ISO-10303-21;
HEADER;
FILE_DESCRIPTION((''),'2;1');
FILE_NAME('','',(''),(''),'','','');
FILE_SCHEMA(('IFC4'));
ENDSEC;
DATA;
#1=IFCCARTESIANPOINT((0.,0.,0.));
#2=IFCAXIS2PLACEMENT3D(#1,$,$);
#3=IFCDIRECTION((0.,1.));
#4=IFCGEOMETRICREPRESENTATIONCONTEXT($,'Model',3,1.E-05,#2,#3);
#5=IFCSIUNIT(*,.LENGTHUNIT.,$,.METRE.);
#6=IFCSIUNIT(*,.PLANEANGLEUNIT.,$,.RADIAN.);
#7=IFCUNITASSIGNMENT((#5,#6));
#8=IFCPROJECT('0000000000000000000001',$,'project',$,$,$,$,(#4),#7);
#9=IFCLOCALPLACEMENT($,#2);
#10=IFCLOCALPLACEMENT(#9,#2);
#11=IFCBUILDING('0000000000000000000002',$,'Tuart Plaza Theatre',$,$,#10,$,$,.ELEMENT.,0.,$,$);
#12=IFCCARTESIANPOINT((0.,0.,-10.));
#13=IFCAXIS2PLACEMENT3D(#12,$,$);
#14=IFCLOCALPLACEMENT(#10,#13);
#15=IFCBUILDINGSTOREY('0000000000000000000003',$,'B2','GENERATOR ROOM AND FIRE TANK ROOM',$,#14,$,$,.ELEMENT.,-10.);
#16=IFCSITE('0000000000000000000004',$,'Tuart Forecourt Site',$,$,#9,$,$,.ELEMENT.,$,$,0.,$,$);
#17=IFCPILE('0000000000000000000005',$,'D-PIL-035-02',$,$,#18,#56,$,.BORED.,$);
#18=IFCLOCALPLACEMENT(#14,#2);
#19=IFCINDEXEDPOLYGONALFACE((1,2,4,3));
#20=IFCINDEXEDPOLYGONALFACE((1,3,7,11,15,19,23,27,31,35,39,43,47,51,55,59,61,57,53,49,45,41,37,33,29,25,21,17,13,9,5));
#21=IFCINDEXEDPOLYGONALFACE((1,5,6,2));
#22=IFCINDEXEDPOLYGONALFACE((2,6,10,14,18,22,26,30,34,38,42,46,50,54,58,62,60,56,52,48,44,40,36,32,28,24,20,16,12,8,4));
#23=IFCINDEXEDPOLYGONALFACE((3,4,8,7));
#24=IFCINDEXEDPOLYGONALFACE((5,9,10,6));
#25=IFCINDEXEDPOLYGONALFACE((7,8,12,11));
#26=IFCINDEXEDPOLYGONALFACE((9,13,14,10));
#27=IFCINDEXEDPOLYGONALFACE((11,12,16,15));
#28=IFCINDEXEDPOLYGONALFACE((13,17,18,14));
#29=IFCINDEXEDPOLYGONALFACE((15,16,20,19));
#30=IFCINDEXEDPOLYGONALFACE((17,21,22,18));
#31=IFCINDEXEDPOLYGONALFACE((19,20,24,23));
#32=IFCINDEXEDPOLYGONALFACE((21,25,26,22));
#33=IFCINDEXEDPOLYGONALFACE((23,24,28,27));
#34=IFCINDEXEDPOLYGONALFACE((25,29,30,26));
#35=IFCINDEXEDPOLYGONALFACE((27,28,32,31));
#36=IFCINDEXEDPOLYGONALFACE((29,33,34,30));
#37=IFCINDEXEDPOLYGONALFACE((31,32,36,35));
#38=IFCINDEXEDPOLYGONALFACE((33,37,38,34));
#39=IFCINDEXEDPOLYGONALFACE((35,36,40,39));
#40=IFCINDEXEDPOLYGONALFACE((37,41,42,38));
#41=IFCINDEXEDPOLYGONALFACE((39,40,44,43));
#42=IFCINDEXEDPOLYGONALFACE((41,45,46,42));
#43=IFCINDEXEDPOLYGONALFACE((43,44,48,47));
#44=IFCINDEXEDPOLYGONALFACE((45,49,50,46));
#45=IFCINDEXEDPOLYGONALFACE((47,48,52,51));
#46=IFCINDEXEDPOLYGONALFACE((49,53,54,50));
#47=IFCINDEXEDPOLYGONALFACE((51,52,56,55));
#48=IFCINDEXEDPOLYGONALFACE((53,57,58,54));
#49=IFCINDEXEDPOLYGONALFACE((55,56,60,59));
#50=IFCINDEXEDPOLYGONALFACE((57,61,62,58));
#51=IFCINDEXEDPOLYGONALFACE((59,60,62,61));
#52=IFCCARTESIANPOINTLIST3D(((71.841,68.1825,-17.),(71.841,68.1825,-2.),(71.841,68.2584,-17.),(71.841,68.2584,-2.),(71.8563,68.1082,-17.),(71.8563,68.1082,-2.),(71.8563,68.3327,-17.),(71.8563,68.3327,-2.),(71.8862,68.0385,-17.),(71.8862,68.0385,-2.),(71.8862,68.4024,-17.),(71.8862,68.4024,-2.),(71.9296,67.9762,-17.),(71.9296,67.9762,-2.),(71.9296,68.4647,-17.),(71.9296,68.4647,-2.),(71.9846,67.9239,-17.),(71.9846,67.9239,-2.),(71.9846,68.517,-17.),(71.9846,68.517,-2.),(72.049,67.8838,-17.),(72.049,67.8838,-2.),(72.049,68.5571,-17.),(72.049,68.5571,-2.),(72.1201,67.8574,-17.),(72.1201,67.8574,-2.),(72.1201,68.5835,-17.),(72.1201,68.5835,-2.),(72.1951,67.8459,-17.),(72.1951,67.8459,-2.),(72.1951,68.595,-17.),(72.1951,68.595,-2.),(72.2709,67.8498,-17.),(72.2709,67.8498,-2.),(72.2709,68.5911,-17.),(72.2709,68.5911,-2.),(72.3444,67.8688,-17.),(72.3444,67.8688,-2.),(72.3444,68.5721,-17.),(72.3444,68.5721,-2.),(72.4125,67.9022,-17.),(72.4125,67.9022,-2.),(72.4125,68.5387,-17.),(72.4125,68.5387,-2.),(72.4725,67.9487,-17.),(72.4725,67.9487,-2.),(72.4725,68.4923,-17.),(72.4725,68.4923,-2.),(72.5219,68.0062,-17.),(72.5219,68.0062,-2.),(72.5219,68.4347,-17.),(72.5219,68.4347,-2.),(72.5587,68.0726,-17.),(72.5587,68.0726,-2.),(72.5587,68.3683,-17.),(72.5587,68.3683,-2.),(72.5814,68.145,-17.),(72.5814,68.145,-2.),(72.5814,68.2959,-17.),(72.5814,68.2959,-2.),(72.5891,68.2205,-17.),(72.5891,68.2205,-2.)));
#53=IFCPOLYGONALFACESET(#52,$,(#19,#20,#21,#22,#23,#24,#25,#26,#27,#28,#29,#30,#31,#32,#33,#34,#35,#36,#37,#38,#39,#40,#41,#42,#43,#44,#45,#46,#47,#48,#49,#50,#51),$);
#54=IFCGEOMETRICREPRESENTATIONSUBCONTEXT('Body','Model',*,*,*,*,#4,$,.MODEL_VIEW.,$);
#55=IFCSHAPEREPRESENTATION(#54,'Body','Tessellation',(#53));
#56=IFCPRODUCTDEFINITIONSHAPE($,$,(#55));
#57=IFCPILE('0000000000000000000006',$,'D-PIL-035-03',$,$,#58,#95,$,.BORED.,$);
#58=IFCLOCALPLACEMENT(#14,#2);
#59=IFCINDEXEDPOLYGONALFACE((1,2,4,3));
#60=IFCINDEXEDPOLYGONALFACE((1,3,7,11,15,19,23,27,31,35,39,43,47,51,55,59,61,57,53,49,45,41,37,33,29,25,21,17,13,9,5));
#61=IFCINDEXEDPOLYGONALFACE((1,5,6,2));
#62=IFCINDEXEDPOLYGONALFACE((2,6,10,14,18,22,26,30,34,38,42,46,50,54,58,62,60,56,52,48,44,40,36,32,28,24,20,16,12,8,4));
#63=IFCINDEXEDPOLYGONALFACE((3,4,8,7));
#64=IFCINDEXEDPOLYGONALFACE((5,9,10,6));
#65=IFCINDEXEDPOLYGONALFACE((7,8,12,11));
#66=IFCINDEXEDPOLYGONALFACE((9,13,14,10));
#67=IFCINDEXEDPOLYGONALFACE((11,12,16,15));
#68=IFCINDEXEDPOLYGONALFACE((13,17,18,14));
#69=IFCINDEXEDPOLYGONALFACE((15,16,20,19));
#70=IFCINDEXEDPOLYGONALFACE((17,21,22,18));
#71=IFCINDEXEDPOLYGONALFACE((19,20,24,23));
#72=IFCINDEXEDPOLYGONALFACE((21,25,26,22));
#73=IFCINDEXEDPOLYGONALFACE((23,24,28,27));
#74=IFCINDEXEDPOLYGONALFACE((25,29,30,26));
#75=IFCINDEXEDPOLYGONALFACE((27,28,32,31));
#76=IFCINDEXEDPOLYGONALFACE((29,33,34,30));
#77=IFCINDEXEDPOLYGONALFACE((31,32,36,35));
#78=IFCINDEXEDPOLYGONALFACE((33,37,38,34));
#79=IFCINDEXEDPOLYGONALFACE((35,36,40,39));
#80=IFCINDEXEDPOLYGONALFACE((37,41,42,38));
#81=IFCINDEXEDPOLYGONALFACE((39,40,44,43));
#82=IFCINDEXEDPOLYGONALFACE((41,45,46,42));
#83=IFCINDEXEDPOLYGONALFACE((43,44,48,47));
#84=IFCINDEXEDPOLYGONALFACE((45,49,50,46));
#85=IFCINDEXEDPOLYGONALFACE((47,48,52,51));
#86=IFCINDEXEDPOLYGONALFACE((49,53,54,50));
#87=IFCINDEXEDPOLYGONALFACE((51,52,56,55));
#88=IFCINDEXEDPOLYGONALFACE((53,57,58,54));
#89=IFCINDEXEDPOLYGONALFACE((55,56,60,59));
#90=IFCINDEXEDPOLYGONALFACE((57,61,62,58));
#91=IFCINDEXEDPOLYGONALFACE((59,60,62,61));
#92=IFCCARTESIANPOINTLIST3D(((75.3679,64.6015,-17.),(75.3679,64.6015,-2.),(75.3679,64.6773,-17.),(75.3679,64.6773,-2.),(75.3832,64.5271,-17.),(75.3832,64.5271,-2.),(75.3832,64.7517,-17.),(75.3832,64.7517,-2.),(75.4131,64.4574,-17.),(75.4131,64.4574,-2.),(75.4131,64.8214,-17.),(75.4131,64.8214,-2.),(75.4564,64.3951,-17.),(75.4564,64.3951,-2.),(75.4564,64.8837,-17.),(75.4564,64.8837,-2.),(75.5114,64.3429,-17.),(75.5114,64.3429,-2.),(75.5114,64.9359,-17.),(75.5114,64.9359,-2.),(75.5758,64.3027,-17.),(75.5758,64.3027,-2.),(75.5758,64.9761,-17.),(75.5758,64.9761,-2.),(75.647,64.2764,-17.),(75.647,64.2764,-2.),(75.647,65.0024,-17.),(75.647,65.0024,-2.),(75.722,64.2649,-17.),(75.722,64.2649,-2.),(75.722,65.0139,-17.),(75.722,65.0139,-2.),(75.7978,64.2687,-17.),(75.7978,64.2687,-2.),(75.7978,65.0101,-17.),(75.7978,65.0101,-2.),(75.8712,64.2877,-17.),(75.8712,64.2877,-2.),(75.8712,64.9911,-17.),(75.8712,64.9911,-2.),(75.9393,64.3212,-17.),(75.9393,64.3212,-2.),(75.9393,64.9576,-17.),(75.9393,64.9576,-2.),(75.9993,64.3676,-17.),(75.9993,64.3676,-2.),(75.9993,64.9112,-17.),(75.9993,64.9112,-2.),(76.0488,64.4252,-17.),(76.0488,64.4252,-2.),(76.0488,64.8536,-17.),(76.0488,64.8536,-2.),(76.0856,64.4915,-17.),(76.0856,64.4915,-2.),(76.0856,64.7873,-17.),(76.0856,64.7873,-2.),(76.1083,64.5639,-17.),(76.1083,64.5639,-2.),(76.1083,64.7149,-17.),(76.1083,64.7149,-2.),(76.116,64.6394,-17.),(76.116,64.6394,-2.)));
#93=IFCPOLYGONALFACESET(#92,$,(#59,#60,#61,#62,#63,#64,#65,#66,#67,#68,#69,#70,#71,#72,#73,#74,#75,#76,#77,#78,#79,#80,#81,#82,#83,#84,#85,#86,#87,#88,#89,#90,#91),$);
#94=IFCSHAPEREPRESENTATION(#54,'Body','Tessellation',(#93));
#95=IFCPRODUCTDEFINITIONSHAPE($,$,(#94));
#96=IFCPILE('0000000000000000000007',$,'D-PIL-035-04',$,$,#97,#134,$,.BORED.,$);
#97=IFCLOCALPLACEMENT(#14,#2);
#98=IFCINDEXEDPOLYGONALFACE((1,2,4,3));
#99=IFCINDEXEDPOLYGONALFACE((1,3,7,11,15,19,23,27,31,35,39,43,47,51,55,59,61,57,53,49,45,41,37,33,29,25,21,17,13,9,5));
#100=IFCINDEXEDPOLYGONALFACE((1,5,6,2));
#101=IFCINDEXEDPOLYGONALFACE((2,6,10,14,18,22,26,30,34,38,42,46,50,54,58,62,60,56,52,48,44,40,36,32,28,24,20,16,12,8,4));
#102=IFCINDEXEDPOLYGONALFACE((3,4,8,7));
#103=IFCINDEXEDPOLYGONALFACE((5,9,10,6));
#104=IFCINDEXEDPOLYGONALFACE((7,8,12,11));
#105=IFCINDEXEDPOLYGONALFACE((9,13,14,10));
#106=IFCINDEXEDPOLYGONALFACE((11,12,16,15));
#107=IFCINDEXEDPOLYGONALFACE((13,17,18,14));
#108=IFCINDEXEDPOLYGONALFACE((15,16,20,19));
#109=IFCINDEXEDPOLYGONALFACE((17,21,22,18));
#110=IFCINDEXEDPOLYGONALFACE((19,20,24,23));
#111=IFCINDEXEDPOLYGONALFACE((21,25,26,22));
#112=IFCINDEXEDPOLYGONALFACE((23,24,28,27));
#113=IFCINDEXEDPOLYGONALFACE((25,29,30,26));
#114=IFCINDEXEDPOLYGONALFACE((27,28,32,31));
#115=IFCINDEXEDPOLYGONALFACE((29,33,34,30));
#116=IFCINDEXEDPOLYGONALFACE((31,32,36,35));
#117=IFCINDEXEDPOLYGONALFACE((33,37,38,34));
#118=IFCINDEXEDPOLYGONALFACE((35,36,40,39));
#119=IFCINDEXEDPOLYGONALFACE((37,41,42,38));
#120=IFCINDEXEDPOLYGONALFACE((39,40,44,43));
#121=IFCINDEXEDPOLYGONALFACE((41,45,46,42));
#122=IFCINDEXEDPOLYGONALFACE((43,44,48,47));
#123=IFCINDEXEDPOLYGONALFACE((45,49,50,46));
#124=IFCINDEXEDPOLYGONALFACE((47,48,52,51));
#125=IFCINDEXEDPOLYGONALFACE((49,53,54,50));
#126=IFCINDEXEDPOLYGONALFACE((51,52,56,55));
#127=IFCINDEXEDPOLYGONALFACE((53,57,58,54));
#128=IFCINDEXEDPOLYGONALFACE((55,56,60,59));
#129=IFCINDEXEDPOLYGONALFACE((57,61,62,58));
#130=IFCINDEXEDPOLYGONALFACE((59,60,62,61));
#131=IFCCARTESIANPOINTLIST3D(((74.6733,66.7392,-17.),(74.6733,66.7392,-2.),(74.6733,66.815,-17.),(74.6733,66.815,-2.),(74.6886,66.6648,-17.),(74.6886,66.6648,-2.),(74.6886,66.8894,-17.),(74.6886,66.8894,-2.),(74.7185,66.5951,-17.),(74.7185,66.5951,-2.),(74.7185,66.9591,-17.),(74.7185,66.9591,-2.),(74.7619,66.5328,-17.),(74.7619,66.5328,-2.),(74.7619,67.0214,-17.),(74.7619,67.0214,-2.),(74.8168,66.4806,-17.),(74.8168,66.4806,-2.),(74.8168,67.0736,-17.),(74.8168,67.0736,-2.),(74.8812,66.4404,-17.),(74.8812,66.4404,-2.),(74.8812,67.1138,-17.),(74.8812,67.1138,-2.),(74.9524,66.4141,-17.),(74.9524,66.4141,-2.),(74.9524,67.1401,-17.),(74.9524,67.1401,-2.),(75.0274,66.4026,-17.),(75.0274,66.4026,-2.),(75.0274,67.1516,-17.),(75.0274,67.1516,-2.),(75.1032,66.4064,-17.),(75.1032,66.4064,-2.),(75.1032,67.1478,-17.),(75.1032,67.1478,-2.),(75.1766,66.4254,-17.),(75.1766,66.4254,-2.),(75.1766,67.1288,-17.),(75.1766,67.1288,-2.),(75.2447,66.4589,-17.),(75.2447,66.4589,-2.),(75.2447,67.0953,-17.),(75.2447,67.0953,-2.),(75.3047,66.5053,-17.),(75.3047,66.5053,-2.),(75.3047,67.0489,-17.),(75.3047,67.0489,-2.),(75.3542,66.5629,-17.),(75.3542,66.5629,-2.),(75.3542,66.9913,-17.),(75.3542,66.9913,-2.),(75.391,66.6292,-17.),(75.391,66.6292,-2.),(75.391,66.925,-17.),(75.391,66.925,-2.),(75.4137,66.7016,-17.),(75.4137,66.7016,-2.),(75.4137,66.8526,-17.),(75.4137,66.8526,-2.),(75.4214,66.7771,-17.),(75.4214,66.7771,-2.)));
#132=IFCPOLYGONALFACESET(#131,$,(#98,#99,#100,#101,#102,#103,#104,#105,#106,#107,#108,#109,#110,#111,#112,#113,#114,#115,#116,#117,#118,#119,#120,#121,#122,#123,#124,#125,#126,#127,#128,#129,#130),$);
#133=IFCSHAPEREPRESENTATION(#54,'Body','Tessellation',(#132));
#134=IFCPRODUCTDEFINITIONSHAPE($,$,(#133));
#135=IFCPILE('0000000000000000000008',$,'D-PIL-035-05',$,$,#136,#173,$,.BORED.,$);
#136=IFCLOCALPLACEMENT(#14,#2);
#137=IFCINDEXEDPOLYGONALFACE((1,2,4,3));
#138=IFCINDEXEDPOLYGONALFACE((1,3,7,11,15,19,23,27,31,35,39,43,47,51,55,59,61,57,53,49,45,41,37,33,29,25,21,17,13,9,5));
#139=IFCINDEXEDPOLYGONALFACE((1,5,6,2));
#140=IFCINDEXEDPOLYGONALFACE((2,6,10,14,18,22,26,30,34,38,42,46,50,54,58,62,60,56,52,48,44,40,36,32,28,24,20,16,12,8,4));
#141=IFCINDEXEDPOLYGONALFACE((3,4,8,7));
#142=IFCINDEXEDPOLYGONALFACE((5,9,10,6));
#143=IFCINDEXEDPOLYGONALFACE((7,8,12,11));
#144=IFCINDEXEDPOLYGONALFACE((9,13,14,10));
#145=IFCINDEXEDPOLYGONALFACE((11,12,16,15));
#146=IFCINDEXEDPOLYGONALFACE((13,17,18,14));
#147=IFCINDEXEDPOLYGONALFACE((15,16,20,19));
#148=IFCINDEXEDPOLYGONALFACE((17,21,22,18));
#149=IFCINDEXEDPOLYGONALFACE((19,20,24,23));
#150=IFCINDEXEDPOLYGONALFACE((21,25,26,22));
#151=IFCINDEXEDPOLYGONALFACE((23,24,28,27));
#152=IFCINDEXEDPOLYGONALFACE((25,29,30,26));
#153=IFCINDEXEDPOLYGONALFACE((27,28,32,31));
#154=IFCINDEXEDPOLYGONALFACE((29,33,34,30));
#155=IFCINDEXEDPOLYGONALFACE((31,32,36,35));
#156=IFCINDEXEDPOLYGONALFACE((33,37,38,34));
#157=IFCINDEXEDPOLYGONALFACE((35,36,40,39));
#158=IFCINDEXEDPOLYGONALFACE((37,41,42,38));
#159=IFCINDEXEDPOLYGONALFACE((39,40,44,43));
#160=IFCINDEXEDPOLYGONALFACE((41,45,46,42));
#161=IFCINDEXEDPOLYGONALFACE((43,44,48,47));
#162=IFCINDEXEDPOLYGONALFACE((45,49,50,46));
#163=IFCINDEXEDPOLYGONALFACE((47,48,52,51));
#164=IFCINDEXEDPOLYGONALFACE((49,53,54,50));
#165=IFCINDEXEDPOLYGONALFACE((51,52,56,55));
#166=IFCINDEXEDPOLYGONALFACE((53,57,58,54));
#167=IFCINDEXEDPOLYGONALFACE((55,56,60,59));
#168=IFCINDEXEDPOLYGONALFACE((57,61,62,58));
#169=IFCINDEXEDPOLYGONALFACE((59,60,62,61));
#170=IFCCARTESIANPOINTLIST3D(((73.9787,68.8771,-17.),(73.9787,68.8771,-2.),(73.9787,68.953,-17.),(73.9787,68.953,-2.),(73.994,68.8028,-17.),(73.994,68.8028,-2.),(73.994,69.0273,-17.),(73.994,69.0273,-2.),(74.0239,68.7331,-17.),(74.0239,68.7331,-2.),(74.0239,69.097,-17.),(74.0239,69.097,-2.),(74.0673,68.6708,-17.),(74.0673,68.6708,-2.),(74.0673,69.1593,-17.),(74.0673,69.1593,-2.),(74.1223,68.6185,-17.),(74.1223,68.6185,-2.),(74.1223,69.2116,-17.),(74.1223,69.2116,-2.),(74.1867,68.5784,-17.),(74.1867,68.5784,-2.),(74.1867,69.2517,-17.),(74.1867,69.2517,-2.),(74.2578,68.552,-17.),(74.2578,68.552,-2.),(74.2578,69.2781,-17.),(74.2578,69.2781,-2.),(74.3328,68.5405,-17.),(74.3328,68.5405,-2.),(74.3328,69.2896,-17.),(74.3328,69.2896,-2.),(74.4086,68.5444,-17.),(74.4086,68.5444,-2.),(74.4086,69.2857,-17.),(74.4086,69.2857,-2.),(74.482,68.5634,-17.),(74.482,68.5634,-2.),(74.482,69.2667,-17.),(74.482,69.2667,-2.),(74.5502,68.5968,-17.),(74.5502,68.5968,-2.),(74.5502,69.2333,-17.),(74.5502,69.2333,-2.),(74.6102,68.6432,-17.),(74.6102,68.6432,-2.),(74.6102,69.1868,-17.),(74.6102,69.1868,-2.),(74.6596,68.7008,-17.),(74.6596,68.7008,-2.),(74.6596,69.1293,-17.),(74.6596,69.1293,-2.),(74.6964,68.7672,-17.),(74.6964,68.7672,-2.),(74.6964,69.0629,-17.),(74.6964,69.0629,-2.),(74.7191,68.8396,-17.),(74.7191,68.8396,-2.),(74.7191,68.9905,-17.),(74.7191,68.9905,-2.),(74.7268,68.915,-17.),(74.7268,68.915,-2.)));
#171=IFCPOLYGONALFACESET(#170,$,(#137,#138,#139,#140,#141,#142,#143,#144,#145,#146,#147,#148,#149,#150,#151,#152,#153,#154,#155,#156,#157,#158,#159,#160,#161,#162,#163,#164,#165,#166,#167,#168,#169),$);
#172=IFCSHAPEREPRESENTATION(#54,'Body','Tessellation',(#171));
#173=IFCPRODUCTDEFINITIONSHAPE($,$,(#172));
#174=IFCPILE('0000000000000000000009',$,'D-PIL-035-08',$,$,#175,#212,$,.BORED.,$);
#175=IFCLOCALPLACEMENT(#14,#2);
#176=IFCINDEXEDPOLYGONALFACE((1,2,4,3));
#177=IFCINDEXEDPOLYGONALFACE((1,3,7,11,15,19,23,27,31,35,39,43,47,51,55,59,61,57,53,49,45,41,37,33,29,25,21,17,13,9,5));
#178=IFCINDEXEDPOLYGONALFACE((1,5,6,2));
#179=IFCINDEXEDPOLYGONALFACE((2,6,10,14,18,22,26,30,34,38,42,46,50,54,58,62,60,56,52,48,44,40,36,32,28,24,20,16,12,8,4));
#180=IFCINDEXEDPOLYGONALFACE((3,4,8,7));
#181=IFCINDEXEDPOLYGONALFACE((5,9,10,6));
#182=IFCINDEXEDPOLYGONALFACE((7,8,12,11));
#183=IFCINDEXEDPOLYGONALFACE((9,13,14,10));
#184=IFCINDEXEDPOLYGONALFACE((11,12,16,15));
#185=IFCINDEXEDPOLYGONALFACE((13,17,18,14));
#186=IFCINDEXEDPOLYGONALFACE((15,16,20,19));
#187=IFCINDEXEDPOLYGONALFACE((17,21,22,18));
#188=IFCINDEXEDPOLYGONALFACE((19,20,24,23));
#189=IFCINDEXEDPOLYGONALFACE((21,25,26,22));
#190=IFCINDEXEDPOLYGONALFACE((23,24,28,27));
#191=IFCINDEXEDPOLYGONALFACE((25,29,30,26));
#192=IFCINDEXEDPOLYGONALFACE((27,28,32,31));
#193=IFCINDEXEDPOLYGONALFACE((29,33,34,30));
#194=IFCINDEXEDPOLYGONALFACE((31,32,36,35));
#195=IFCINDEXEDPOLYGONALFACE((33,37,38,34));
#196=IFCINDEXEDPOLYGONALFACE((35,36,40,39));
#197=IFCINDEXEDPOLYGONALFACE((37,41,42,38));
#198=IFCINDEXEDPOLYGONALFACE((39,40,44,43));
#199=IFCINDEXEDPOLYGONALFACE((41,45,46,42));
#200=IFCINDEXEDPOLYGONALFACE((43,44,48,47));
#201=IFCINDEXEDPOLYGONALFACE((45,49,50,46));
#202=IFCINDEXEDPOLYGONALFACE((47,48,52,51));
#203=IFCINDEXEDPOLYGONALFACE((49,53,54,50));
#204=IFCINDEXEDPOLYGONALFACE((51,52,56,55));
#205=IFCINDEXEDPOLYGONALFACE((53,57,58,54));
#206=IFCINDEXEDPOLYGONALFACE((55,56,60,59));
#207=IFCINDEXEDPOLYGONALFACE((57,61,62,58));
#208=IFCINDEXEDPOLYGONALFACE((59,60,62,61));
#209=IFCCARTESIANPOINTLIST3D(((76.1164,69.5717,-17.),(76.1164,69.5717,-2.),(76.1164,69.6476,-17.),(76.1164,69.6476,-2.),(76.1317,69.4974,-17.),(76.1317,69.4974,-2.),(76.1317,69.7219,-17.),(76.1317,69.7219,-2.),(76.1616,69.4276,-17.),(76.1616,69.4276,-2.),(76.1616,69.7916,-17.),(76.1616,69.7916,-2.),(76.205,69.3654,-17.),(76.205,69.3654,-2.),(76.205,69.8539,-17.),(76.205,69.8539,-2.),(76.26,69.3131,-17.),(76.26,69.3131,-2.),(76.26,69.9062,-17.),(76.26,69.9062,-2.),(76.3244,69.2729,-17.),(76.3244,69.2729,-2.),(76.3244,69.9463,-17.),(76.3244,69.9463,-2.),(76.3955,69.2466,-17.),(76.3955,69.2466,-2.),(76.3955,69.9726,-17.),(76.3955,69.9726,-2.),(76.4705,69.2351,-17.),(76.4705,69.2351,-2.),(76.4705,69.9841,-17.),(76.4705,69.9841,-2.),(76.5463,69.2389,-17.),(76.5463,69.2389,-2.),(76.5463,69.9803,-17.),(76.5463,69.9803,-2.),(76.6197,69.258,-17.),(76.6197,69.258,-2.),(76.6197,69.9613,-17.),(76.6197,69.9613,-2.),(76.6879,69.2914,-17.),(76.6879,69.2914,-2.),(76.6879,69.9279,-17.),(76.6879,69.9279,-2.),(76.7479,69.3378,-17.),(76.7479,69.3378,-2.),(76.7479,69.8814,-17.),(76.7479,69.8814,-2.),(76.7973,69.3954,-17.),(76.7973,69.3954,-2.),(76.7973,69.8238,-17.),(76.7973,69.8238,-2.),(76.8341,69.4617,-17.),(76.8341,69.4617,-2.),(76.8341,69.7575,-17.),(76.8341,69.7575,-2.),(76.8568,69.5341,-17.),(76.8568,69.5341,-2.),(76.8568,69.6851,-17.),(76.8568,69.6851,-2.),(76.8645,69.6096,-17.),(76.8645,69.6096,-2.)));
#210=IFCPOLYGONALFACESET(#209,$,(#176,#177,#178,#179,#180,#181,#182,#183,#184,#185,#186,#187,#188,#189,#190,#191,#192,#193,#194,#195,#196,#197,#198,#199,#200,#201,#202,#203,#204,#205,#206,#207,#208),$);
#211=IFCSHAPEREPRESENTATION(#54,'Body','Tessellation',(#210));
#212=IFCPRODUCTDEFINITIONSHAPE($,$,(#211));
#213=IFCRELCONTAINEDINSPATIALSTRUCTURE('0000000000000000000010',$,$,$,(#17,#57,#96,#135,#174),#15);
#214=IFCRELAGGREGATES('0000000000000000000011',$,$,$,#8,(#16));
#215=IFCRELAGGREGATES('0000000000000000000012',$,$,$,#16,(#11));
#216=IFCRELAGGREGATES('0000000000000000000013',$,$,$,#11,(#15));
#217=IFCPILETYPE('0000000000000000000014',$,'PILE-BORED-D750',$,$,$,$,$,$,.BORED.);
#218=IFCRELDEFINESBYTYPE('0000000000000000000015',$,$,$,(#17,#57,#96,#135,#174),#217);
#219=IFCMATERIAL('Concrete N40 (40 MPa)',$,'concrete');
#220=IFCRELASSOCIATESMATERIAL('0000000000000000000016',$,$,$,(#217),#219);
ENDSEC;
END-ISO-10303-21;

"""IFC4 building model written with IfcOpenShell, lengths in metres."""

from ifc_helpers import new_model, si_unit, direction, frame, origin, origin_2d, place, context, subcontext, project, spatial, circle, extrude, material, material_profile, profile_set, type_object, element, save


model = new_model("IFC4")

# Units and contexts
model_context = context("Model", 3, precision=1e-05, world=origin(), true_north=direction((0.0, 1.0)))
body_context = subcontext(model_context, "Body", "Model", "MODEL_VIEW")
ifc_project = project(units=[si_unit("LENGTHUNIT", "METRE"), si_unit("PLANEANGLEUNIT", "RADIAN")], contexts=[model_context])

# Site, building, storey
site_placement = place(None, origin())
site = spatial("IfcSite", under=ifc_project, at=site_placement, Name="Tuart Forecourt Site", CompositionType="ELEMENT", RefElevation=0.0)
building_placement = place(site_placement, origin())
building = spatial("IfcBuilding", under=site, at=building_placement, Name="Tuart Plaza Theatre", CompositionType="ELEMENT", ElevationOfRefHeight=0.0)
storey_placement = place(building_placement, frame((0.0, 0.0, -10.0)))
storey = spatial("IfcBuildingStorey", under=building, at=storey_placement, Name="B2", Description="GENERATOR ROOM AND FIRE TANK ROOM", CompositionType="ELEMENT", Elevation=-10.0)

# Piles
ifc_material_1 = material(Name="Concrete N40 (40 MPa)", Category="concrete")
ifc_material_profile_1 = material_profile(ifc_material_1, circle(Radius=0.375, at=origin_2d()), Name="PILE-BORED-D750")
ifc_profile_set_1 = profile_set([ifc_material_profile_1], Name="Concrete N40 (40 MPa)")
pile_type_1 = type_object("IfcPileType", Name="PILE-BORED-D750", PredefinedType="BORED", material=ifc_profile_set_1)
for number, where, z_axis, x_axis, name in (
    (1, (72.2141, 68.2205, -2.0), (0.0, 0.0, -1.0), (1.0, 0.0, 0.0), "D-PIL-035-02"),
    (2, (75.741, 64.6394, -2.0), (0.0, 0.0, -1.0), (1.0, 0.0, 0.0), "D-PIL-035-03"),
    (3, (75.0464, 66.7771, -2.0), (0.0, 0.0, -1.0), (1.0, 0.0, 0.0), "D-PIL-035-04"),
    (4, (74.3518, 68.915, -2.0), (0.0, 0.0, -1.0), (1.0, 0.0, 0.0), "D-PIL-035-05"),
    (5, (76.4895, 69.6096, -2.0), (0.0, 0.0, -1.0), (1.0, 0.0, 0.0), "D-PIL-035-08"),
):
    element("IfcPile", number, at=place(storey_placement, frame(where, z_axis=z_axis, x_axis=x_axis)), inside=storey, type_object=pile_type_1, Name=name, PredefinedType="BORED", context=body_context, shape_type="SweptSolid", body=[
        extrude(circle(Radius=0.375, at=origin_2d()), origin(), (0.0, 0.0, 1.0), 15.0),
    ])

save(model, "model.ifc")
